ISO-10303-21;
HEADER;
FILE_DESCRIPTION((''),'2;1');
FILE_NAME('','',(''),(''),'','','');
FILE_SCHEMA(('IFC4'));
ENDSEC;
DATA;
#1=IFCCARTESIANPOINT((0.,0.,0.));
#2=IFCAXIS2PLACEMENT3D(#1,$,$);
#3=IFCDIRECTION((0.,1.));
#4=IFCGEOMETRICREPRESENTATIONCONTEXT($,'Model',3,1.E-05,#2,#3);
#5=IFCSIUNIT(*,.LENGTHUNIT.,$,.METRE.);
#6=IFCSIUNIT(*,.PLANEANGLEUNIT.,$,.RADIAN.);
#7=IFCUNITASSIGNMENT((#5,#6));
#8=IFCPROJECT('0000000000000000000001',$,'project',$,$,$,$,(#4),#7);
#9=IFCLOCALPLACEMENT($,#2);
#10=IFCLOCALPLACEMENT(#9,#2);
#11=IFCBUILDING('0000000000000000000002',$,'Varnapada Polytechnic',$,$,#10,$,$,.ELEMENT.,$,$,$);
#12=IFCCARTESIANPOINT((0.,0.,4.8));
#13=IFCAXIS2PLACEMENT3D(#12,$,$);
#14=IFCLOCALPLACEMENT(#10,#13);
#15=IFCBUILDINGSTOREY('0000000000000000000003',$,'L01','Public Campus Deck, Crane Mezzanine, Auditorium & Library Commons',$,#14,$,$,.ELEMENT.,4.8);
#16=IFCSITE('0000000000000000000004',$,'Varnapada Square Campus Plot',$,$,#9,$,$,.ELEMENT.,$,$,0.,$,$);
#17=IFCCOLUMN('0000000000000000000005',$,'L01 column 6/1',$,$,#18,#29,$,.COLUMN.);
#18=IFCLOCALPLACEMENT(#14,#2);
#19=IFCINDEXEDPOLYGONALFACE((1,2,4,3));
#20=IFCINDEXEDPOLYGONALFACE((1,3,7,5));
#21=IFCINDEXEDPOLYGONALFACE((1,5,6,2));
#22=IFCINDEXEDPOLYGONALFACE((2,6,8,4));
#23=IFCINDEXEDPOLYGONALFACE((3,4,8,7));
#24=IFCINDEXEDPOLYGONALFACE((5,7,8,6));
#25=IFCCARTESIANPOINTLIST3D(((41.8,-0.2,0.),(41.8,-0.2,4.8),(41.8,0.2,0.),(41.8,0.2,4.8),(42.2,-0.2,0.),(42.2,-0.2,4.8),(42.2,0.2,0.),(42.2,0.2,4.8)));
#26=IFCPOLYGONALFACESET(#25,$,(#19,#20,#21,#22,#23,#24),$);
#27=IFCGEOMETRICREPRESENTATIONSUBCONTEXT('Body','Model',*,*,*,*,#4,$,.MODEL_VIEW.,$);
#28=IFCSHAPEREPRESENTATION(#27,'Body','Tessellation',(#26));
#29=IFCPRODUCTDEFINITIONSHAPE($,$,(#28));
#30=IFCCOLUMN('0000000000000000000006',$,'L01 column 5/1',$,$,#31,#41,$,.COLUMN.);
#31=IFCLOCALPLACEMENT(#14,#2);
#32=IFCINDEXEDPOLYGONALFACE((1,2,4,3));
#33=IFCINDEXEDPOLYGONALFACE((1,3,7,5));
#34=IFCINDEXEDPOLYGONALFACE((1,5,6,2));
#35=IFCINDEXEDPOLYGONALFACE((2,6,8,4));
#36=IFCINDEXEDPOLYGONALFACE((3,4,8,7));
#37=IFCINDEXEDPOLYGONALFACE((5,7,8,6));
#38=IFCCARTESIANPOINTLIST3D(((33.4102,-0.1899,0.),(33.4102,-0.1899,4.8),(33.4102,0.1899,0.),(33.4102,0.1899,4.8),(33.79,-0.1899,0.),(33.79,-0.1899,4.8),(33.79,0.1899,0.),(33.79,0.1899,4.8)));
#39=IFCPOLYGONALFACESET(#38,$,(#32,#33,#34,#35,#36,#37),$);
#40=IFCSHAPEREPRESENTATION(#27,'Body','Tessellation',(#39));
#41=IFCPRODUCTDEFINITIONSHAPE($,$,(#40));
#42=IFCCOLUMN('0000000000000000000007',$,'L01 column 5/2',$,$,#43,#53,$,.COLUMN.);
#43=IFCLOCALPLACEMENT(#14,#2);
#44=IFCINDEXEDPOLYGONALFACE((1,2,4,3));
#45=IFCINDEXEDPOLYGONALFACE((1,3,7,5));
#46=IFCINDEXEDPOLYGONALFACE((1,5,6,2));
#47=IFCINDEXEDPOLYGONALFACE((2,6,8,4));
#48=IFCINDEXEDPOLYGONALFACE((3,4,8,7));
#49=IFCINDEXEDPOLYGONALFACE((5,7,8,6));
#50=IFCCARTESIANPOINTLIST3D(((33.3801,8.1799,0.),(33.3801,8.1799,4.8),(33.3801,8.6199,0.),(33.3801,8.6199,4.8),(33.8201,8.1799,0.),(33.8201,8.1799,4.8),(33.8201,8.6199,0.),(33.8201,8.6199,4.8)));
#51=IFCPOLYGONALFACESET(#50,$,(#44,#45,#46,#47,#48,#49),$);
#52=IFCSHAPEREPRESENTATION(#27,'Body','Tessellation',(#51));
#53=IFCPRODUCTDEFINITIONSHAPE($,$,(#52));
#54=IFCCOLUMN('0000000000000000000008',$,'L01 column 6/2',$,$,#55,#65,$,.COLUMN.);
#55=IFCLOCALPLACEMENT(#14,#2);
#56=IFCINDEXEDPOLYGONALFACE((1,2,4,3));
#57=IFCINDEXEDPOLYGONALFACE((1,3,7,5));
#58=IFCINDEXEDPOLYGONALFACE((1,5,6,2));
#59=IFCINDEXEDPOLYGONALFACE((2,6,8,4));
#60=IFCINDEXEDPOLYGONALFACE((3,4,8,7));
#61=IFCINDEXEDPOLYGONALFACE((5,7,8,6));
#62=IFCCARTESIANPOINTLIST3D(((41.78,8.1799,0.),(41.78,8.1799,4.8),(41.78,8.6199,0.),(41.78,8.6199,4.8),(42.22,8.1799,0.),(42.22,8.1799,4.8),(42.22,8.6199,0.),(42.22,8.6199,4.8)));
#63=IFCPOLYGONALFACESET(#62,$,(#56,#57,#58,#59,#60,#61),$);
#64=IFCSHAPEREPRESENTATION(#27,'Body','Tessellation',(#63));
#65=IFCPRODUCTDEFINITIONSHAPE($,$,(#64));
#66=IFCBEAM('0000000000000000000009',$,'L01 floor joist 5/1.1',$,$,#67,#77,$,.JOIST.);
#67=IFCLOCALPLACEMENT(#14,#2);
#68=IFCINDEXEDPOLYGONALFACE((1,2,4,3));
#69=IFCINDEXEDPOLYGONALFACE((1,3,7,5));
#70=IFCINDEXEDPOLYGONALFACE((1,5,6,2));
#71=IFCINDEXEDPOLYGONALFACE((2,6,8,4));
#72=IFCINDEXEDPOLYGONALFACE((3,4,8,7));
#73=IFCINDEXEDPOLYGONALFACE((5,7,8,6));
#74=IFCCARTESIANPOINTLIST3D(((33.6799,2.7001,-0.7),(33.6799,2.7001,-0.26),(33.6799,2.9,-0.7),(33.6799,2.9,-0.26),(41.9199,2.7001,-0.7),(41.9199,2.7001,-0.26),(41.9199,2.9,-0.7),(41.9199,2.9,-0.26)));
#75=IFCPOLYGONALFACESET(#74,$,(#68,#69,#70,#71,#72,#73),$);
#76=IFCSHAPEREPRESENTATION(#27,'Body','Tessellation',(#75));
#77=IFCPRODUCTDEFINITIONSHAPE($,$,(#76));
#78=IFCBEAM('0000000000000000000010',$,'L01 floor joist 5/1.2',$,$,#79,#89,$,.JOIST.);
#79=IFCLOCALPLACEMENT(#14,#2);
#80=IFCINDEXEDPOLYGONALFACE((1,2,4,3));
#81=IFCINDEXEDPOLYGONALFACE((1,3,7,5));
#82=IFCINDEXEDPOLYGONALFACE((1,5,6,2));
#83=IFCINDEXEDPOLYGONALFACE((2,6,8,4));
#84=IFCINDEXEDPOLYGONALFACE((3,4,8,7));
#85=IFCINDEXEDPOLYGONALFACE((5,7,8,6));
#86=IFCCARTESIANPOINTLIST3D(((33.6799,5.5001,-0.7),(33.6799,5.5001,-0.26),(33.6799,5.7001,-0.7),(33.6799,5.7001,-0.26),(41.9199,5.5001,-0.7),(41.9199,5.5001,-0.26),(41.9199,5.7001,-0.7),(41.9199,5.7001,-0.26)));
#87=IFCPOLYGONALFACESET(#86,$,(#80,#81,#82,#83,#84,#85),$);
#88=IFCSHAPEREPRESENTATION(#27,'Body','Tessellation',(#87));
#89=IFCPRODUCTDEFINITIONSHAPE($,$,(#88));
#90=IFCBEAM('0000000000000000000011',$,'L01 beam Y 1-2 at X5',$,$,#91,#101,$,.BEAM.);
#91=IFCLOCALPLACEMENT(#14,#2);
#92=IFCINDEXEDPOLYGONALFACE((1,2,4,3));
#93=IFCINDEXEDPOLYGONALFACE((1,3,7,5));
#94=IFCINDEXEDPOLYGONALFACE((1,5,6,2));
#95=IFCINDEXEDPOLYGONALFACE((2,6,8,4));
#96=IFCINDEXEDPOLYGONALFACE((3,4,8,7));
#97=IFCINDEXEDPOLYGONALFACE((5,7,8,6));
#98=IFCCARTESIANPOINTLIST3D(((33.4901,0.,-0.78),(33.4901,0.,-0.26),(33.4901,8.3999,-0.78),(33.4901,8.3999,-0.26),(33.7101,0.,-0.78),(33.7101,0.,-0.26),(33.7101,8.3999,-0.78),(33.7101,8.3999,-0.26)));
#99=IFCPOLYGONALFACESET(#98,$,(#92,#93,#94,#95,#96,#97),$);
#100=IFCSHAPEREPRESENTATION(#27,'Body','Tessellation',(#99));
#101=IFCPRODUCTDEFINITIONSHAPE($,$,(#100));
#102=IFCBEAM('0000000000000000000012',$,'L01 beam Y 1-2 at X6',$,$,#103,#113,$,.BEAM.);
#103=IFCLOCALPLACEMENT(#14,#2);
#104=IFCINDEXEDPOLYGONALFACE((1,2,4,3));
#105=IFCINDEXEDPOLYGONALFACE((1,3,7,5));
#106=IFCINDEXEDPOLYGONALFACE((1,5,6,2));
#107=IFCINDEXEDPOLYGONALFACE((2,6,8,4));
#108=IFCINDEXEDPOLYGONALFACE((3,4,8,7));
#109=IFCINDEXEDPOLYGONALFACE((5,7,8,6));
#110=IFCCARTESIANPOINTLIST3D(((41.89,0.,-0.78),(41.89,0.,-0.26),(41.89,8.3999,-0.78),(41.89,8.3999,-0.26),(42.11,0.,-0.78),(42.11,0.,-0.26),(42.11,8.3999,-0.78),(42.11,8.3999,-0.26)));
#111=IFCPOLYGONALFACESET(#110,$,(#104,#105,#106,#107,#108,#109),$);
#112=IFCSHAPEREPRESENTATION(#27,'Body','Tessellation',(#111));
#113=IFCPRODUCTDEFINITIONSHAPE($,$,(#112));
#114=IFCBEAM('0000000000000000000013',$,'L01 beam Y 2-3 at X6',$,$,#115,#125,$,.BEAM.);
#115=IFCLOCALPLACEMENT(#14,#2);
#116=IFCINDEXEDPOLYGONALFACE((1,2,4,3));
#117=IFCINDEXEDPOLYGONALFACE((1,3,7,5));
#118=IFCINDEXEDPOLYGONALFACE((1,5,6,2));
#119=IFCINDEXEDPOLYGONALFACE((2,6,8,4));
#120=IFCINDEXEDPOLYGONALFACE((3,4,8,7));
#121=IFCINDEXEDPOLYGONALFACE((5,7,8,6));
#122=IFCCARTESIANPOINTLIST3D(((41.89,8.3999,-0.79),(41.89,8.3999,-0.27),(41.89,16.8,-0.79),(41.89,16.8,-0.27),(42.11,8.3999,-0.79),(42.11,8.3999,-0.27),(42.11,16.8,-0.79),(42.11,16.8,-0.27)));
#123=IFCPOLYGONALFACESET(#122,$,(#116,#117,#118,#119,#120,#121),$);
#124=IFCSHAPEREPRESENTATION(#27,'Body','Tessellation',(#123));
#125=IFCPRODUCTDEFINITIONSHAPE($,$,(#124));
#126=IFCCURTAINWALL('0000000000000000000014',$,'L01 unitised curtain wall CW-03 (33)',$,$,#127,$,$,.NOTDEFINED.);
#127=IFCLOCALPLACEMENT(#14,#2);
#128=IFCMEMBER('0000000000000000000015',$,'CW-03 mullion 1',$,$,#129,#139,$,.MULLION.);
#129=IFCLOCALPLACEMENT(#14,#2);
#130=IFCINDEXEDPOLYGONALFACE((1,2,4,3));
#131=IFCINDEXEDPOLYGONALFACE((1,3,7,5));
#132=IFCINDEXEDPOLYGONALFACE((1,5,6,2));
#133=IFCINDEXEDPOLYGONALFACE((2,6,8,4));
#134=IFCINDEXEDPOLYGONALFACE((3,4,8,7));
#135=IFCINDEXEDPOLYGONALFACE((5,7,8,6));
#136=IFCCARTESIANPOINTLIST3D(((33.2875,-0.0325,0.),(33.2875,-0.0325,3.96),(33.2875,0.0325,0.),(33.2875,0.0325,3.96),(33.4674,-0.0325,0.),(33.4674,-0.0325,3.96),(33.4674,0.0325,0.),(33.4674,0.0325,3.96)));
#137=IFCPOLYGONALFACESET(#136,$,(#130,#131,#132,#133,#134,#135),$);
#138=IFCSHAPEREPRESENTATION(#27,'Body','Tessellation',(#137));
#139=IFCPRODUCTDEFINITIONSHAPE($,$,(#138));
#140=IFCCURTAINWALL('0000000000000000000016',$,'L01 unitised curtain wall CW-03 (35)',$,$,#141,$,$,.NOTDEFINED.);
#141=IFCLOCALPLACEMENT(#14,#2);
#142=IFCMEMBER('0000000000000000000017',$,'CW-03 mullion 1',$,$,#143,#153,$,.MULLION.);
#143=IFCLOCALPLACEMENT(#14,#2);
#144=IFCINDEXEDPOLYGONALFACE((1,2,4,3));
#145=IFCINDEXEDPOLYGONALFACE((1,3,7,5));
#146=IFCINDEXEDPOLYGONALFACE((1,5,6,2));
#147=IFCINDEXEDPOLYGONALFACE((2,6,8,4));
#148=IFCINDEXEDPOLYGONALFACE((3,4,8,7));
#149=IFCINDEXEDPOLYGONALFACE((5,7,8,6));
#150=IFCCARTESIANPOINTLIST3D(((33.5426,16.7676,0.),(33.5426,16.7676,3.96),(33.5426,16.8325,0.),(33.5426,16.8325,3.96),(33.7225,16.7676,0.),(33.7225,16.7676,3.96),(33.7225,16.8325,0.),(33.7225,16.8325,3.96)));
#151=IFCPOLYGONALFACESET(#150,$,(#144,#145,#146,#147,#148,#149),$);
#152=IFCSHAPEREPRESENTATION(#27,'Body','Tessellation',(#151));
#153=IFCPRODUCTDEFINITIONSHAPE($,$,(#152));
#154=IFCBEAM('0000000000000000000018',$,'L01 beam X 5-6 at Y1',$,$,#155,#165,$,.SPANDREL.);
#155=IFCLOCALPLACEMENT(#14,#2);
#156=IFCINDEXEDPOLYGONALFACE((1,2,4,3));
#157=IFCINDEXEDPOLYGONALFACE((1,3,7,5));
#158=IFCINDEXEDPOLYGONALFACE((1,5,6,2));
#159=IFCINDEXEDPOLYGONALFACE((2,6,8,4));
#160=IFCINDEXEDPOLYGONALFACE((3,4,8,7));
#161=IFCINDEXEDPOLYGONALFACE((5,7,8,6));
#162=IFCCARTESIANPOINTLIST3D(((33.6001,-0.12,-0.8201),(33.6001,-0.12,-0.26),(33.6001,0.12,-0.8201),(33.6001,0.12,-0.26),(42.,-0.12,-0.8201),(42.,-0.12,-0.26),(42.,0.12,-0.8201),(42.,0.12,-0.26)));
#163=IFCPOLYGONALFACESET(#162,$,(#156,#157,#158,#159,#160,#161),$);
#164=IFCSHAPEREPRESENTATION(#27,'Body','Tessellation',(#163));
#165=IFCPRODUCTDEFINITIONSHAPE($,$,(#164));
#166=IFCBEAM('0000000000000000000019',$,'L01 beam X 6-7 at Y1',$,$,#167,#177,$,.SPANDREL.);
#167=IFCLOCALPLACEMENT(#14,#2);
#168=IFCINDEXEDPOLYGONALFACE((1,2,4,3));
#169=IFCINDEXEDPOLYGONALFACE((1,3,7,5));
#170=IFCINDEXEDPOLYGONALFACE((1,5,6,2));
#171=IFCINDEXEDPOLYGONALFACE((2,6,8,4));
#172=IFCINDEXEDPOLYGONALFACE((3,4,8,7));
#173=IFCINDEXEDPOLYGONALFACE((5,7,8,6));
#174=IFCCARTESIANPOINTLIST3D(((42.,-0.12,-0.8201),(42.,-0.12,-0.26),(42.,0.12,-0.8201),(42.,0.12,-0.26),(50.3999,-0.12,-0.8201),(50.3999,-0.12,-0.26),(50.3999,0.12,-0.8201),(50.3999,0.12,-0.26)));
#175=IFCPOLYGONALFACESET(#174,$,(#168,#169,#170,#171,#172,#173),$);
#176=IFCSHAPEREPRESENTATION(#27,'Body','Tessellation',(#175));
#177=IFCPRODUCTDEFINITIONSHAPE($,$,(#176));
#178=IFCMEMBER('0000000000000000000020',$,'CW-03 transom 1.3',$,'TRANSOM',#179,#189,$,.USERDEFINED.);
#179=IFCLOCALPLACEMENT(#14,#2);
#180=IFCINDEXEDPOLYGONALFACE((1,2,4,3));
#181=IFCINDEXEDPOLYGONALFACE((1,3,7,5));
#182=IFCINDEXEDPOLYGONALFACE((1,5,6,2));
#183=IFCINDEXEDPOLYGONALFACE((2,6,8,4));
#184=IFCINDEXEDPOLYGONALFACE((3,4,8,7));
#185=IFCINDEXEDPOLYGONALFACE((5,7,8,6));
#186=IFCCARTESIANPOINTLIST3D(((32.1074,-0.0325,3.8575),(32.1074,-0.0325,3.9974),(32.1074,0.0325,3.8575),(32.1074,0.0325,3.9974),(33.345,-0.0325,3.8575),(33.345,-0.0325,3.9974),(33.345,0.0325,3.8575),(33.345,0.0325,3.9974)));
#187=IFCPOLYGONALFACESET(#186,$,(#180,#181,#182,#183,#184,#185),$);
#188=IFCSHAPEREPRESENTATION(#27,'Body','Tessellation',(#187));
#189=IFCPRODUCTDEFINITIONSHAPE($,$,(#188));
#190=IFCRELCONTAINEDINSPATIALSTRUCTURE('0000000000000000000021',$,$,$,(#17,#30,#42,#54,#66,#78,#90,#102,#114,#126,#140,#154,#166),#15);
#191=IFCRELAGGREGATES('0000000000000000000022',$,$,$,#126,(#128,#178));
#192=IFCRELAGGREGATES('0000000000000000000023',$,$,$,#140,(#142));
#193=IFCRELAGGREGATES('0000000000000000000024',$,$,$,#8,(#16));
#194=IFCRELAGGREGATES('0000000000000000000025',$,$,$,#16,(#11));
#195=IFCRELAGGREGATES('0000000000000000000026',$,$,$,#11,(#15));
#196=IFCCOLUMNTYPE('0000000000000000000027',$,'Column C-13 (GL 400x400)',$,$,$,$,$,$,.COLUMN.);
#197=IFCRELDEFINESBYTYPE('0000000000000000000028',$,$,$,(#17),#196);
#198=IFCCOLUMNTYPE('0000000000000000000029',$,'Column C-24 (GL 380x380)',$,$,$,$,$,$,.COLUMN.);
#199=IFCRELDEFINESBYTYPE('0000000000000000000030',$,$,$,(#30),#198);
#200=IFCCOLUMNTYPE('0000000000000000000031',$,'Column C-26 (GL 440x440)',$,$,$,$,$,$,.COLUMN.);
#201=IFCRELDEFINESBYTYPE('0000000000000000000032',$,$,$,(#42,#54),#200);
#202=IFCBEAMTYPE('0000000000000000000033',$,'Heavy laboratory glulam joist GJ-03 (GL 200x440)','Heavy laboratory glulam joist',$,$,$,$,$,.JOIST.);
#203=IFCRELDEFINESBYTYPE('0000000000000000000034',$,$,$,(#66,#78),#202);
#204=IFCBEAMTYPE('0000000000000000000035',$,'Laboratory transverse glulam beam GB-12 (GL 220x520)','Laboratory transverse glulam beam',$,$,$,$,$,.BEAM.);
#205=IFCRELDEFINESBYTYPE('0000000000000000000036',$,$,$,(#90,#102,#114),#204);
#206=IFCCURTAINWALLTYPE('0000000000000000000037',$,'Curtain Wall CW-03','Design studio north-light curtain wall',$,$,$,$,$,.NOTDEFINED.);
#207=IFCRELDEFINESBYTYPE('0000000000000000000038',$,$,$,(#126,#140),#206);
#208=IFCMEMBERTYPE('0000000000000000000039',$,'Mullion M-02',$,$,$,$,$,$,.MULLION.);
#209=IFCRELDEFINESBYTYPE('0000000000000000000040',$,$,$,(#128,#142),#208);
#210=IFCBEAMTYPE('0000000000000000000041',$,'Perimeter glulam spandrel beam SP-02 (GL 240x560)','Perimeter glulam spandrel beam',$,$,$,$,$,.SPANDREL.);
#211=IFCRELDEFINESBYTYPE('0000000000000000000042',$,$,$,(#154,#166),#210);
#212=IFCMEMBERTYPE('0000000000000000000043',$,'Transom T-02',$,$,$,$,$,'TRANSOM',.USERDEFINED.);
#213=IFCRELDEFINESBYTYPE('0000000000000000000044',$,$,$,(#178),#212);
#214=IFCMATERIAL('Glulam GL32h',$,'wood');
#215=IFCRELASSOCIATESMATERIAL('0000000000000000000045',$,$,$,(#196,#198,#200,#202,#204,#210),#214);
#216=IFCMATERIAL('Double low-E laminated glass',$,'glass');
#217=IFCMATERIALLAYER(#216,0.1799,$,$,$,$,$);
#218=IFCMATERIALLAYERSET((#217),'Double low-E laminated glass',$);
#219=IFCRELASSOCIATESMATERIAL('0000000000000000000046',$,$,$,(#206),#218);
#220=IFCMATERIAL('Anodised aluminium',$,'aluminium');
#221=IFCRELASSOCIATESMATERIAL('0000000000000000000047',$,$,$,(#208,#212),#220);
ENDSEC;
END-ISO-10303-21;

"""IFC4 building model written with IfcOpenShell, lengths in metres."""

from ifc_helpers import new_model, si_unit, direction, frame, origin, origin_2d, place, context, subcontext, project, spatial, rectangle, extrude, material, layer, layer_set, material_profile, profile_set, type_object, element, aggregate, save


model = new_model("IFC4")

# Units and contexts
model_context = context("Model", 3, precision=1e-05, world=origin(), true_north=direction((0.0, 1.0)))
body_context = subcontext(model_context, "Body", "Model", "MODEL_VIEW")
ifc_project = project(units=[si_unit("LENGTHUNIT", "METRE"), si_unit("PLANEANGLEUNIT", "RADIAN")], contexts=[model_context])

# Site, building, storey
site_placement = place(None, origin())
site = spatial("IfcSite", under=ifc_project, at=site_placement, Name="Varnapada Square Campus Plot", CompositionType="ELEMENT", RefElevation=0.0)
building_placement = place(site_placement, origin())
building = spatial("IfcBuilding", under=site, at=building_placement, Name="Varnapada Polytechnic", CompositionType="ELEMENT")
storey_placement = place(building_placement, frame((0.0, 0.0, 4.8)))
storey = spatial("IfcBuildingStorey", under=building, at=storey_placement, Name="L01", Description="Public Campus Deck, Crane Mezzanine, Auditorium & Library Commons", CompositionType="ELEMENT", Elevation=4.8)

# Columns
ifc_material_1 = material(Name="Glulam GL32h", Category="wood")
ifc_material_profile_1 = material_profile(ifc_material_1, rectangle(XDim=0.3999, YDim=0.3999, at=origin_2d()), Name="GL 400x400")
ifc_profile_set_1 = profile_set([ifc_material_profile_1], Name="Glulam GL32h")
column_type_1 = type_object("IfcColumnType", Name="Column C-13 (GL 400x400)", PredefinedType="COLUMN", material=ifc_profile_set_1)
column_1_placement = place(storey_placement, frame((42.0, 0.0, 0.0), z_axis=(0.0, 0.0, 1.0), x_axis=(1.0, 0.0, 0.0)))
element("IfcColumn", 1, at=column_1_placement, inside=storey, type_object=column_type_1, Name="L01 column 6/1", PredefinedType="COLUMN", context=body_context, shape_type="SweptSolid", body=[
    extrude(rectangle(XDim=0.3999, YDim=0.3999, at=origin_2d()), origin(), (0.0, 0.0, 1.0), 4.8),
])
ifc_material_profile_2 = material_profile(ifc_material_1, rectangle(XDim=0.3799, YDim=0.3799, at=origin_2d()), Name="GL 380x380")
ifc_profile_set_2 = profile_set([ifc_material_profile_2], Name="Glulam GL32h")
column_type_2 = type_object("IfcColumnType", Name="Column C-24 (GL 380x380)", PredefinedType="COLUMN", material=ifc_profile_set_2)
column_2_placement = place(storey_placement, frame((33.6001, 0.0, 0.0), z_axis=(0.0, 0.0, 1.0), x_axis=(1.0, 0.0, 0.0)))
element("IfcColumn", 2, at=column_2_placement, inside=storey, type_object=column_type_2, Name="L01 column 5/1", PredefinedType="COLUMN", context=body_context, shape_type="SweptSolid", body=[
    extrude(rectangle(XDim=0.3799, YDim=0.3799, at=origin_2d()), origin(), (0.0, 0.0, 1.0), 4.8),
])
ifc_material_profile_3 = material_profile(ifc_material_1, rectangle(XDim=0.4399, YDim=0.4399, at=origin_2d()), Name="GL 440x440")
ifc_profile_set_3 = profile_set([ifc_material_profile_3], Name="Glulam GL32h")
column_type_3 = type_object("IfcColumnType", Name="Column C-26 (GL 440x440)", PredefinedType="COLUMN", material=ifc_profile_set_3)
for number, where, z_axis, x_axis, name in (
    (3, (33.6001, 8.3999, 0.0), (0.0, 0.0, 1.0), (1.0, 0.0, 0.0), "L01 column 5/2"),
    (4, (42.0, 8.3999, 0.0), (0.0, 0.0, 1.0), (1.0, 0.0, 0.0), "L01 column 6/2"),
):
    element("IfcColumn", number, at=place(storey_placement, frame(where, z_axis=z_axis, x_axis=x_axis)), inside=storey, type_object=column_type_3, Name=name, PredefinedType="COLUMN", context=body_context, shape_type="SweptSolid", body=[
        extrude(rectangle(XDim=0.4399, YDim=0.4399, at=origin_2d()), origin(), (0.0, 0.0, 1.0), 4.8),
    ])

# Beams
ifc_material_profile_4 = material_profile(ifc_material_1, rectangle(XDim=0.2, YDim=0.4399, at=origin_2d()), Name="GL 200x440")
ifc_profile_set_4 = profile_set([ifc_material_profile_4], Name="Glulam GL32h")
beam_type_1 = type_object("IfcBeamType", Name="Heavy laboratory glulam joist GJ-03 (GL 200x440)", Description="Heavy laboratory glulam joist", PredefinedType="JOIST", material=ifc_profile_set_4)
for number, where, z_axis, x_axis, name in (
    (5, (33.6799, 2.8, -0.48), (1.0, 0.0, 0.0), (0.0, 1.0, 0.0), "L01 floor joist 5/1.1"),
    (6, (33.6799, 5.6001, -0.48), (1.0, 0.0, 0.0), (0.0, 1.0, 0.0), "L01 floor joist 5/1.2"),
):
    element("IfcBeam", number, at=place(storey_placement, frame(where, z_axis=z_axis, x_axis=x_axis)), inside=storey, type_object=beam_type_1, Name=name, PredefinedType="JOIST", context=body_context, shape_type="SweptSolid", body=[
        extrude(rectangle(XDim=0.2, YDim=0.4399, at=origin_2d()), origin(), (0.0, 0.0, 1.0), 8.24),
    ])
ifc_material_profile_5 = material_profile(ifc_material_1, rectangle(XDim=0.22, YDim=0.52, at=origin_2d()), Name="GL 220x520")
ifc_profile_set_5 = profile_set([ifc_material_profile_5], Name="Glulam GL32h")
beam_type_2 = type_object("IfcBeamType", Name="Laboratory transverse glulam beam GB-12 (GL 220x520)", Description="Laboratory transverse glulam beam", PredefinedType="BEAM", material=ifc_profile_set_5)
for number, where, z_axis, x_axis, name in (
    (7, (33.6001, 0.0, -0.52), (0.0, 1.0, 0.0), (-1.0, 0.0, 0.0), "L01 beam Y 1-2 at X5"),
    (8, (42.0, 0.0, -0.52), (0.0, 1.0, 0.0), (-1.0, 0.0, 0.0), "L01 beam Y 1-2 at X6"),
):
    element("IfcBeam", number, at=place(storey_placement, frame(where, z_axis=z_axis, x_axis=x_axis)), inside=storey, type_object=beam_type_2, Name=name, PredefinedType="BEAM", context=body_context, shape_type="SweptSolid", body=[
        extrude(rectangle(XDim=0.22, YDim=0.52, at=origin_2d()), origin(), (0.0, 0.0, 1.0), 8.3999),
    ])
beam_placement = place(storey_placement, frame((42.0, 8.3999, -0.53), z_axis=(0.0, 1.0, 0.0), x_axis=(-1.0, 0.0, 0.0)))
element("IfcBeam", 9, at=beam_placement, inside=storey, type_object=beam_type_2, Name="L01 beam Y 2-3 at X6", PredefinedType="BEAM", context=body_context, shape_type="SweptSolid", body=[
    extrude(rectangle(XDim=0.22, YDim=0.52, at=origin_2d()), origin(), (0.0, 0.0, 1.0), 8.4001),
])

# Curtain walls, members
ifc_material_2 = material(Name="Double low-E laminated glass", Category="glass")
ifc_layer_1 = layer(ifc_material_2, 0.1799)
ifc_layer_set_1 = layer_set([ifc_layer_1], Name="Double low-E laminated glass")
curtain_wall_type = type_object("IfcCurtainWallType", Name="Curtain Wall CW-03", Description="Design studio north-light curtain wall", PredefinedType="NOTDEFINED", material=ifc_layer_set_1)
curtain_wall_1_placement = place(storey_placement, origin())
curtain_wall_1 = element("IfcCurtainWall", 10, at=curtain_wall_1_placement, inside=storey, type_object=curtain_wall_type, Name="L01 unitised curtain wall CW-03 (33)", PredefinedType="NOTDEFINED")
ifc_material_3 = material(Name="Anodised aluminium", Category="aluminium")
ifc_material_profile_6 = material_profile(ifc_material_3, rectangle(XDim=0.0649, YDim=0.1799, at=origin_2d()), Name="ALU M65x180")
ifc_profile_set_6 = profile_set([ifc_material_profile_6], Name="Anodised aluminium")
member_type_1 = type_object("IfcMemberType", Name="Mullion M-02", PredefinedType="MULLION", material=ifc_profile_set_6)
member_1_placement = place(storey_placement, frame((33.3774, 0.0, 0.0), z_axis=(0.0, 0.0, 1.0), x_axis=(0.0, -1.0, 0.0)))
member_1 = element("IfcMember", 11, at=member_1_placement, type_object=member_type_1, Name="CW-03 mullion 1", PredefinedType="MULLION", context=body_context, shape_type="SweptSolid", body=[
    extrude(rectangle(XDim=0.0649, YDim=0.1799, at=origin_2d()), origin(), (0.0, 0.0, 1.0), 3.96),
])
curtain_wall_2_placement = place(storey_placement, origin())
curtain_wall_2 = element("IfcCurtainWall", 12, at=curtain_wall_2_placement, inside=storey, type_object=curtain_wall_type, Name="L01 unitised curtain wall CW-03 (35)", PredefinedType="NOTDEFINED")
member_2_placement = place(storey_placement, frame((33.6326, 16.8, 0.0), z_axis=(0.0, 0.0, 1.0), x_axis=(0.0, 1.0, 0.0)))
member_2 = element("IfcMember", 13, at=member_2_placement, type_object=member_type_1, Name="CW-03 mullion 1", PredefinedType="MULLION", context=body_context, shape_type="SweptSolid", body=[
    extrude(rectangle(XDim=0.0649, YDim=0.1799, at=origin_2d()), origin(), (0.0, 0.0, 1.0), 3.96),
])

# Beams
ifc_material_profile_7 = material_profile(ifc_material_1, rectangle(XDim=0.24, YDim=0.5601, at=origin_2d()), Name="GL 240x560")
ifc_profile_set_7 = profile_set([ifc_material_profile_7], Name="Glulam GL32h")
beam_type_3 = type_object("IfcBeamType", Name="Perimeter glulam spandrel beam SP-02 (GL 240x560)", Description="Perimeter glulam spandrel beam", PredefinedType="SPANDREL", material=ifc_profile_set_7)
for number, where, z_axis, x_axis, name in (
    (14, (33.6001, 0.0, -0.54), (1.0, 0.0, 0.0), (0.0, 1.0, 0.0), "L01 beam X 5-6 at Y1"),
    (15, (42.0, 0.0, -0.54), (1.0, 0.0, 0.0), (0.0, 1.0, 0.0), "L01 beam X 6-7 at Y1"),
):
    element("IfcBeam", number, at=place(storey_placement, frame(where, z_axis=z_axis, x_axis=x_axis)), inside=storey, type_object=beam_type_3, Name=name, PredefinedType="SPANDREL", context=body_context, shape_type="SweptSolid", body=[
        extrude(rectangle(XDim=0.24, YDim=0.5601, at=origin_2d()), origin(), (0.0, 0.0, 1.0), 8.3999),
    ])

# Member
ifc_material_profile_8 = material_profile(ifc_material_3, rectangle(XDim=0.0649, YDim=0.1399, at=origin_2d()), Name="ALU T65x140")
ifc_profile_set_8 = profile_set([ifc_material_profile_8], Name="Anodised aluminium")
member_type_2 = type_object("IfcMemberType", Name="Transom T-02", ElementType="TRANSOM", PredefinedType="USERDEFINED", material=ifc_profile_set_8)
member_3_placement = place(storey_placement, frame((33.345, 0.0, 3.9275), z_axis=(-1.0, 0.0, 0.0), x_axis=(0.0, -1.0, 0.0)))
member_3 = element("IfcMember", 16, at=member_3_placement, type_object=member_type_2, Name="CW-03 transom 1.3", ObjectType="TRANSOM", PredefinedType="USERDEFINED", context=body_context, shape_type="SweptSolid", body=[
    extrude(rectangle(XDim=0.0649, YDim=0.1399, at=origin_2d()), origin(), (0.0, 0.0, 1.0), 1.2375),
])
aggregate(curtain_wall_1, [member_1, member_3])
aggregate(curtain_wall_2, [member_2])

save(model, "model.ifc")
